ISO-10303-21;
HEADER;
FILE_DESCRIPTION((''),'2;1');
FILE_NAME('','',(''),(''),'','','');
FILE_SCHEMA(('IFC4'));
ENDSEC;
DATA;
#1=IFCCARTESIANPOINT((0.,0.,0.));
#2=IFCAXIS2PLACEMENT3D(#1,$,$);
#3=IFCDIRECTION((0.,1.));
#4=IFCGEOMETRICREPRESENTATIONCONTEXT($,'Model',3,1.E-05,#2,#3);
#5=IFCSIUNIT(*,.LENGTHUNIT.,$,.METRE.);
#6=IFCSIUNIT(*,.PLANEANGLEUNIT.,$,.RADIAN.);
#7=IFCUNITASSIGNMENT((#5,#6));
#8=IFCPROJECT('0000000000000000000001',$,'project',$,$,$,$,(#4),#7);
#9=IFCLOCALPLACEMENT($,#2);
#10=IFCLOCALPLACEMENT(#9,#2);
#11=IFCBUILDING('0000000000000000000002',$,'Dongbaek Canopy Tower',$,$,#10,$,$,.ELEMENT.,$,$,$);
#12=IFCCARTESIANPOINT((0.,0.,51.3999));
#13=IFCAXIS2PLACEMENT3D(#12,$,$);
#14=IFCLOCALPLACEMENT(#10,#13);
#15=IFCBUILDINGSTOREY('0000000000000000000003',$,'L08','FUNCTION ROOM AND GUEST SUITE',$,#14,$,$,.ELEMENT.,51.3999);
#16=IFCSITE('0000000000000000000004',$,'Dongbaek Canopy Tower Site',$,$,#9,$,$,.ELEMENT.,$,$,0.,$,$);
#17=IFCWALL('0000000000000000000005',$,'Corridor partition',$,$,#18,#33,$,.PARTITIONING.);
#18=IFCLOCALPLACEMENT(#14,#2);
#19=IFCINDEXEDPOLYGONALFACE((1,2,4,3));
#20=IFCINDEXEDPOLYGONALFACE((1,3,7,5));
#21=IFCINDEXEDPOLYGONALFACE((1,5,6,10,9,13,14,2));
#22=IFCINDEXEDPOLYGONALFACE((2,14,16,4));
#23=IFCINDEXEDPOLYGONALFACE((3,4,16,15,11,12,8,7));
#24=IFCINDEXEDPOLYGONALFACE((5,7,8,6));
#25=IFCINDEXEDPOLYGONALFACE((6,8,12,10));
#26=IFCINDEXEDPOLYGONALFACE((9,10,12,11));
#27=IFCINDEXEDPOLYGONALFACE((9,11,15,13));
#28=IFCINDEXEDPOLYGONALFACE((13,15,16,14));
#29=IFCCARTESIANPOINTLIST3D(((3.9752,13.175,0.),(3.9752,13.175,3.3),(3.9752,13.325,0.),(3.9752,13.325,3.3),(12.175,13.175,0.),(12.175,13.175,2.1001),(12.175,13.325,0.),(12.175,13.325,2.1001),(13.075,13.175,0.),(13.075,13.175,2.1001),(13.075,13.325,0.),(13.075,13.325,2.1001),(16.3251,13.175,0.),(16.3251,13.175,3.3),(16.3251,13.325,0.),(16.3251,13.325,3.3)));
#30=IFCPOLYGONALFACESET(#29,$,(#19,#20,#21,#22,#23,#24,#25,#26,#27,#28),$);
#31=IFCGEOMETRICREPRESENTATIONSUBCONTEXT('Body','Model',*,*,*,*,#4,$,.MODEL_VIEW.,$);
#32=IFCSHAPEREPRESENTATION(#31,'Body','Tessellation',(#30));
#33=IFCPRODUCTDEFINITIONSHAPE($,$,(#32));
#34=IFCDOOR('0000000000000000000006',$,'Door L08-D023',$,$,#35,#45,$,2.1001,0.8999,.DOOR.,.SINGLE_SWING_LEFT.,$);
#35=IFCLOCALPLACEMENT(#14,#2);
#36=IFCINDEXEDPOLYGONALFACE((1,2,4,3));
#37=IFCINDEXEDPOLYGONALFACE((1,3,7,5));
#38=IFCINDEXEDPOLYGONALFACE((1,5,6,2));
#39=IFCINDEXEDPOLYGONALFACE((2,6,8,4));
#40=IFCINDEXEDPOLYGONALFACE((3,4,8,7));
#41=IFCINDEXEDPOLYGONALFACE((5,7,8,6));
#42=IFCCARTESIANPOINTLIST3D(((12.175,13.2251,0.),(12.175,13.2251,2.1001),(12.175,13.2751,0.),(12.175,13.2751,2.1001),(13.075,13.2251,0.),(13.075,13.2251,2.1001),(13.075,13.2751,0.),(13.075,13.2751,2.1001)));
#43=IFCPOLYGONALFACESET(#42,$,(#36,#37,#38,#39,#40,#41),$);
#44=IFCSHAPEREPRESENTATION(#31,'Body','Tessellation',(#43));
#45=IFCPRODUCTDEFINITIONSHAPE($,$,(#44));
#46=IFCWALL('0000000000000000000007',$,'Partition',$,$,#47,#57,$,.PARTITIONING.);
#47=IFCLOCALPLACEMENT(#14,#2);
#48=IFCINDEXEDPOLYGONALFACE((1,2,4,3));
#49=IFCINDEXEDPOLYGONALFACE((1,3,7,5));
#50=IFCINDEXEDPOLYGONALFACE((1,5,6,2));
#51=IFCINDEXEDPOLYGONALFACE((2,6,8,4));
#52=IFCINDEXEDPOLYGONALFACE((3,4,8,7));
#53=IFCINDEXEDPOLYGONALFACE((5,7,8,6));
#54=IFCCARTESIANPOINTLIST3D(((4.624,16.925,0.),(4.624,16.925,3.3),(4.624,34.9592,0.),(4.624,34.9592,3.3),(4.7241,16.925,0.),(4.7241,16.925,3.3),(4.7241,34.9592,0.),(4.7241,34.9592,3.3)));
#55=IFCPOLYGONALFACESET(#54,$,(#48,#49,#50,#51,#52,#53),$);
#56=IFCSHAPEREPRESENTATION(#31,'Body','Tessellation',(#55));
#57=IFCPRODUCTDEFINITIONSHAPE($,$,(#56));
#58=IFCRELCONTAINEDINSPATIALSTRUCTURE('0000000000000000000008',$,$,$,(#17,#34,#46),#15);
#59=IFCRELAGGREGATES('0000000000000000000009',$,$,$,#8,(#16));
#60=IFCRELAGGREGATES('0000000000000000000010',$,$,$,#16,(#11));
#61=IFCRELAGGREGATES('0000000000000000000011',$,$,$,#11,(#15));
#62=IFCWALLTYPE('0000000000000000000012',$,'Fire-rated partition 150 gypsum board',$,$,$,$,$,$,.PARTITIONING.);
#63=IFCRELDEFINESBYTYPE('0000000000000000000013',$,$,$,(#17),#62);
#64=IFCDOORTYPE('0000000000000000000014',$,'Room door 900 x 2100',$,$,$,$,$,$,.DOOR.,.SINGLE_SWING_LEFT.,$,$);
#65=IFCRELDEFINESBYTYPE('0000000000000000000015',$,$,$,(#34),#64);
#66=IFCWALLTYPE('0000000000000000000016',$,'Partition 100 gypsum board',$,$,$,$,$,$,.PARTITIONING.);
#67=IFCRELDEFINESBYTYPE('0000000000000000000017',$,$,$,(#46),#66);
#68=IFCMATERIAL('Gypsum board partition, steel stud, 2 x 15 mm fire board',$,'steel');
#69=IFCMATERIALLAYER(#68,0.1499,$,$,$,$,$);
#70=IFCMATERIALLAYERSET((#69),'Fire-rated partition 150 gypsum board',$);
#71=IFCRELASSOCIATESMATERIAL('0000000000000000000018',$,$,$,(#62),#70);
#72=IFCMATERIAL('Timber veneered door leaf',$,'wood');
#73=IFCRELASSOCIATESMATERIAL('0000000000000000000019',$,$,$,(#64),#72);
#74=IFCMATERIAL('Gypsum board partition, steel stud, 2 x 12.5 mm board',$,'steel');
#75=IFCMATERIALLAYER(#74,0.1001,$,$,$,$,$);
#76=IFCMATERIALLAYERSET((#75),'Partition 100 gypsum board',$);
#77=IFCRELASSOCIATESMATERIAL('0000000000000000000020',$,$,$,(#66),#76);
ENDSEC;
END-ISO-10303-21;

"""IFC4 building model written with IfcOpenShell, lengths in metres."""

from ifc_helpers import new_model, si_unit, direction, frame, frame_2d, origin, place, context, subcontext, project, spatial, rectangle, extrude, material, layer, layer_set, type_object, element, fill, save


model = new_model("IFC4")

# Units and contexts
model_context = context("Model", 3, precision=1e-05, world=origin(), true_north=direction((0.0, 1.0)))
body_context = subcontext(model_context, "Body", "Model", "MODEL_VIEW")
ifc_project = project(units=[si_unit("LENGTHUNIT", "METRE"), si_unit("PLANEANGLEUNIT", "RADIAN")], contexts=[model_context])

# Site, building, storey
site_placement = place(None, origin())
site = spatial("IfcSite", under=ifc_project, at=site_placement, Name="Dongbaek Canopy Tower Site", CompositionType="ELEMENT", RefElevation=0.0)
building_placement = place(site_placement, origin())
building = spatial("IfcBuilding", under=site, at=building_placement, Name="Dongbaek Canopy Tower", CompositionType="ELEMENT")
storey_placement = place(building_placement, frame((0.0, 0.0, 51.3999)))
storey = spatial("IfcBuildingStorey", under=building, at=storey_placement, Name="L08", Description="FUNCTION ROOM AND GUEST SUITE", CompositionType="ELEMENT", Elevation=51.3999)

# Shared definitions
ifc_material_1 = material(Name="Gypsum board partition, steel stud, 2 x 15 mm fire board", Category="steel")
ifc_layer_1 = layer(ifc_material_1, 0.1499)
ifc_layer_set_1 = layer_set([ifc_layer_1], Name="Fire-rated partition 150 gypsum board")
wall_type_1 = type_object("IfcWallType", Name="Fire-rated partition 150 gypsum board", PredefinedType="PARTITIONING", material=ifc_layer_set_1)
ifc_material_2 = material(Name="Timber veneered door leaf", Category="wood")
door_type = type_object("IfcDoorType", Name="Room door 900 x 2100", OperationType="SINGLE_SWING_LEFT", PredefinedType="DOOR", material=ifc_material_2)

# Wall, opening, door
wall_1_placement = place(storey_placement, frame((16.325, 13.25, 0.0), z_axis=(0.0, 0.0, 1.0), x_axis=(-1.0, 0.0, 0.0)))
wall_1 = element("IfcWall", 1, at=wall_1_placement, inside=storey, type_object=wall_type_1, Name="Corridor partition", PredefinedType="PARTITIONING", context=body_context, shape_type="SweptSolid", body=[
    extrude(rectangle(XDim=12.3499, YDim=0.1499, at=frame_2d((6.1748, 0.0))), origin(), (0.0, 0.0, 1.0), 3.3),
])
opening_1_placement = place(wall_1_placement, frame((3.25, 0.0, 0.0)))
opening_1 = element("IfcOpeningElement", 2, at=opening_1_placement, cuts=wall_1, PredefinedType="OPENING", context=body_context, shape_type="SweptSolid", body=[
    extrude(rectangle(XDim=0.8999, YDim=2.1001, at=frame_2d((0.45, 1.05))), frame((0.0, 0.085, 0.0), z_axis=(0.0, -1.0, 0.0), x_axis=(1.0, 0.0, 0.0)), (0.0, 0.0, 1.0), 0.1699),
])
door_1_placement = place(opening_1_placement, origin())
door_1 = element("IfcDoor", 3, at=door_1_placement, inside=storey, type_object=door_type, Name="Door L08-D023", OperationType="SINGLE_SWING_LEFT", OverallHeight=2.1001, OverallWidth=0.8999, PredefinedType="DOOR", context=body_context, shape_type="SweptSolid", body=[
    extrude(rectangle(XDim=0.8999, YDim=2.1001, at=frame_2d((0.45, 1.05))), frame((0.0, 0.0249, 0.0), z_axis=(0.0, -1.0, 0.0), x_axis=(1.0, 0.0, 0.0)), (0.0, 0.0, 1.0), 0.05),
])
fill(opening_1, door_1)

# Wall
ifc_material_3 = material(Name="Gypsum board partition, steel stud, 2 x 12.5 mm board", Category="steel")
ifc_layer_2 = layer(ifc_material_3, 0.1001)
ifc_layer_set_2 = layer_set([ifc_layer_2], Name="Partition 100 gypsum board")
wall_type_2 = type_object("IfcWallType", Name="Partition 100 gypsum board", PredefinedType="PARTITIONING", material=ifc_layer_set_2)
wall_2_placement = place(storey_placement, frame((4.6741, 16.925, 0.0), z_axis=(0.0, 0.0, 1.0), x_axis=(0.0, 1.0, 0.0)))
element("IfcWall", 4, at=wall_2_placement, inside=storey, type_object=wall_type_2, Name="Partition", PredefinedType="PARTITIONING", context=body_context, shape_type="SweptSolid", body=[
    extrude(rectangle(XDim=18.0342, YDim=0.1001, at=frame_2d((9.0171, 0.0))), origin(), (0.0, 0.0, 1.0), 3.3),
])

save(model, "model.ifc")
